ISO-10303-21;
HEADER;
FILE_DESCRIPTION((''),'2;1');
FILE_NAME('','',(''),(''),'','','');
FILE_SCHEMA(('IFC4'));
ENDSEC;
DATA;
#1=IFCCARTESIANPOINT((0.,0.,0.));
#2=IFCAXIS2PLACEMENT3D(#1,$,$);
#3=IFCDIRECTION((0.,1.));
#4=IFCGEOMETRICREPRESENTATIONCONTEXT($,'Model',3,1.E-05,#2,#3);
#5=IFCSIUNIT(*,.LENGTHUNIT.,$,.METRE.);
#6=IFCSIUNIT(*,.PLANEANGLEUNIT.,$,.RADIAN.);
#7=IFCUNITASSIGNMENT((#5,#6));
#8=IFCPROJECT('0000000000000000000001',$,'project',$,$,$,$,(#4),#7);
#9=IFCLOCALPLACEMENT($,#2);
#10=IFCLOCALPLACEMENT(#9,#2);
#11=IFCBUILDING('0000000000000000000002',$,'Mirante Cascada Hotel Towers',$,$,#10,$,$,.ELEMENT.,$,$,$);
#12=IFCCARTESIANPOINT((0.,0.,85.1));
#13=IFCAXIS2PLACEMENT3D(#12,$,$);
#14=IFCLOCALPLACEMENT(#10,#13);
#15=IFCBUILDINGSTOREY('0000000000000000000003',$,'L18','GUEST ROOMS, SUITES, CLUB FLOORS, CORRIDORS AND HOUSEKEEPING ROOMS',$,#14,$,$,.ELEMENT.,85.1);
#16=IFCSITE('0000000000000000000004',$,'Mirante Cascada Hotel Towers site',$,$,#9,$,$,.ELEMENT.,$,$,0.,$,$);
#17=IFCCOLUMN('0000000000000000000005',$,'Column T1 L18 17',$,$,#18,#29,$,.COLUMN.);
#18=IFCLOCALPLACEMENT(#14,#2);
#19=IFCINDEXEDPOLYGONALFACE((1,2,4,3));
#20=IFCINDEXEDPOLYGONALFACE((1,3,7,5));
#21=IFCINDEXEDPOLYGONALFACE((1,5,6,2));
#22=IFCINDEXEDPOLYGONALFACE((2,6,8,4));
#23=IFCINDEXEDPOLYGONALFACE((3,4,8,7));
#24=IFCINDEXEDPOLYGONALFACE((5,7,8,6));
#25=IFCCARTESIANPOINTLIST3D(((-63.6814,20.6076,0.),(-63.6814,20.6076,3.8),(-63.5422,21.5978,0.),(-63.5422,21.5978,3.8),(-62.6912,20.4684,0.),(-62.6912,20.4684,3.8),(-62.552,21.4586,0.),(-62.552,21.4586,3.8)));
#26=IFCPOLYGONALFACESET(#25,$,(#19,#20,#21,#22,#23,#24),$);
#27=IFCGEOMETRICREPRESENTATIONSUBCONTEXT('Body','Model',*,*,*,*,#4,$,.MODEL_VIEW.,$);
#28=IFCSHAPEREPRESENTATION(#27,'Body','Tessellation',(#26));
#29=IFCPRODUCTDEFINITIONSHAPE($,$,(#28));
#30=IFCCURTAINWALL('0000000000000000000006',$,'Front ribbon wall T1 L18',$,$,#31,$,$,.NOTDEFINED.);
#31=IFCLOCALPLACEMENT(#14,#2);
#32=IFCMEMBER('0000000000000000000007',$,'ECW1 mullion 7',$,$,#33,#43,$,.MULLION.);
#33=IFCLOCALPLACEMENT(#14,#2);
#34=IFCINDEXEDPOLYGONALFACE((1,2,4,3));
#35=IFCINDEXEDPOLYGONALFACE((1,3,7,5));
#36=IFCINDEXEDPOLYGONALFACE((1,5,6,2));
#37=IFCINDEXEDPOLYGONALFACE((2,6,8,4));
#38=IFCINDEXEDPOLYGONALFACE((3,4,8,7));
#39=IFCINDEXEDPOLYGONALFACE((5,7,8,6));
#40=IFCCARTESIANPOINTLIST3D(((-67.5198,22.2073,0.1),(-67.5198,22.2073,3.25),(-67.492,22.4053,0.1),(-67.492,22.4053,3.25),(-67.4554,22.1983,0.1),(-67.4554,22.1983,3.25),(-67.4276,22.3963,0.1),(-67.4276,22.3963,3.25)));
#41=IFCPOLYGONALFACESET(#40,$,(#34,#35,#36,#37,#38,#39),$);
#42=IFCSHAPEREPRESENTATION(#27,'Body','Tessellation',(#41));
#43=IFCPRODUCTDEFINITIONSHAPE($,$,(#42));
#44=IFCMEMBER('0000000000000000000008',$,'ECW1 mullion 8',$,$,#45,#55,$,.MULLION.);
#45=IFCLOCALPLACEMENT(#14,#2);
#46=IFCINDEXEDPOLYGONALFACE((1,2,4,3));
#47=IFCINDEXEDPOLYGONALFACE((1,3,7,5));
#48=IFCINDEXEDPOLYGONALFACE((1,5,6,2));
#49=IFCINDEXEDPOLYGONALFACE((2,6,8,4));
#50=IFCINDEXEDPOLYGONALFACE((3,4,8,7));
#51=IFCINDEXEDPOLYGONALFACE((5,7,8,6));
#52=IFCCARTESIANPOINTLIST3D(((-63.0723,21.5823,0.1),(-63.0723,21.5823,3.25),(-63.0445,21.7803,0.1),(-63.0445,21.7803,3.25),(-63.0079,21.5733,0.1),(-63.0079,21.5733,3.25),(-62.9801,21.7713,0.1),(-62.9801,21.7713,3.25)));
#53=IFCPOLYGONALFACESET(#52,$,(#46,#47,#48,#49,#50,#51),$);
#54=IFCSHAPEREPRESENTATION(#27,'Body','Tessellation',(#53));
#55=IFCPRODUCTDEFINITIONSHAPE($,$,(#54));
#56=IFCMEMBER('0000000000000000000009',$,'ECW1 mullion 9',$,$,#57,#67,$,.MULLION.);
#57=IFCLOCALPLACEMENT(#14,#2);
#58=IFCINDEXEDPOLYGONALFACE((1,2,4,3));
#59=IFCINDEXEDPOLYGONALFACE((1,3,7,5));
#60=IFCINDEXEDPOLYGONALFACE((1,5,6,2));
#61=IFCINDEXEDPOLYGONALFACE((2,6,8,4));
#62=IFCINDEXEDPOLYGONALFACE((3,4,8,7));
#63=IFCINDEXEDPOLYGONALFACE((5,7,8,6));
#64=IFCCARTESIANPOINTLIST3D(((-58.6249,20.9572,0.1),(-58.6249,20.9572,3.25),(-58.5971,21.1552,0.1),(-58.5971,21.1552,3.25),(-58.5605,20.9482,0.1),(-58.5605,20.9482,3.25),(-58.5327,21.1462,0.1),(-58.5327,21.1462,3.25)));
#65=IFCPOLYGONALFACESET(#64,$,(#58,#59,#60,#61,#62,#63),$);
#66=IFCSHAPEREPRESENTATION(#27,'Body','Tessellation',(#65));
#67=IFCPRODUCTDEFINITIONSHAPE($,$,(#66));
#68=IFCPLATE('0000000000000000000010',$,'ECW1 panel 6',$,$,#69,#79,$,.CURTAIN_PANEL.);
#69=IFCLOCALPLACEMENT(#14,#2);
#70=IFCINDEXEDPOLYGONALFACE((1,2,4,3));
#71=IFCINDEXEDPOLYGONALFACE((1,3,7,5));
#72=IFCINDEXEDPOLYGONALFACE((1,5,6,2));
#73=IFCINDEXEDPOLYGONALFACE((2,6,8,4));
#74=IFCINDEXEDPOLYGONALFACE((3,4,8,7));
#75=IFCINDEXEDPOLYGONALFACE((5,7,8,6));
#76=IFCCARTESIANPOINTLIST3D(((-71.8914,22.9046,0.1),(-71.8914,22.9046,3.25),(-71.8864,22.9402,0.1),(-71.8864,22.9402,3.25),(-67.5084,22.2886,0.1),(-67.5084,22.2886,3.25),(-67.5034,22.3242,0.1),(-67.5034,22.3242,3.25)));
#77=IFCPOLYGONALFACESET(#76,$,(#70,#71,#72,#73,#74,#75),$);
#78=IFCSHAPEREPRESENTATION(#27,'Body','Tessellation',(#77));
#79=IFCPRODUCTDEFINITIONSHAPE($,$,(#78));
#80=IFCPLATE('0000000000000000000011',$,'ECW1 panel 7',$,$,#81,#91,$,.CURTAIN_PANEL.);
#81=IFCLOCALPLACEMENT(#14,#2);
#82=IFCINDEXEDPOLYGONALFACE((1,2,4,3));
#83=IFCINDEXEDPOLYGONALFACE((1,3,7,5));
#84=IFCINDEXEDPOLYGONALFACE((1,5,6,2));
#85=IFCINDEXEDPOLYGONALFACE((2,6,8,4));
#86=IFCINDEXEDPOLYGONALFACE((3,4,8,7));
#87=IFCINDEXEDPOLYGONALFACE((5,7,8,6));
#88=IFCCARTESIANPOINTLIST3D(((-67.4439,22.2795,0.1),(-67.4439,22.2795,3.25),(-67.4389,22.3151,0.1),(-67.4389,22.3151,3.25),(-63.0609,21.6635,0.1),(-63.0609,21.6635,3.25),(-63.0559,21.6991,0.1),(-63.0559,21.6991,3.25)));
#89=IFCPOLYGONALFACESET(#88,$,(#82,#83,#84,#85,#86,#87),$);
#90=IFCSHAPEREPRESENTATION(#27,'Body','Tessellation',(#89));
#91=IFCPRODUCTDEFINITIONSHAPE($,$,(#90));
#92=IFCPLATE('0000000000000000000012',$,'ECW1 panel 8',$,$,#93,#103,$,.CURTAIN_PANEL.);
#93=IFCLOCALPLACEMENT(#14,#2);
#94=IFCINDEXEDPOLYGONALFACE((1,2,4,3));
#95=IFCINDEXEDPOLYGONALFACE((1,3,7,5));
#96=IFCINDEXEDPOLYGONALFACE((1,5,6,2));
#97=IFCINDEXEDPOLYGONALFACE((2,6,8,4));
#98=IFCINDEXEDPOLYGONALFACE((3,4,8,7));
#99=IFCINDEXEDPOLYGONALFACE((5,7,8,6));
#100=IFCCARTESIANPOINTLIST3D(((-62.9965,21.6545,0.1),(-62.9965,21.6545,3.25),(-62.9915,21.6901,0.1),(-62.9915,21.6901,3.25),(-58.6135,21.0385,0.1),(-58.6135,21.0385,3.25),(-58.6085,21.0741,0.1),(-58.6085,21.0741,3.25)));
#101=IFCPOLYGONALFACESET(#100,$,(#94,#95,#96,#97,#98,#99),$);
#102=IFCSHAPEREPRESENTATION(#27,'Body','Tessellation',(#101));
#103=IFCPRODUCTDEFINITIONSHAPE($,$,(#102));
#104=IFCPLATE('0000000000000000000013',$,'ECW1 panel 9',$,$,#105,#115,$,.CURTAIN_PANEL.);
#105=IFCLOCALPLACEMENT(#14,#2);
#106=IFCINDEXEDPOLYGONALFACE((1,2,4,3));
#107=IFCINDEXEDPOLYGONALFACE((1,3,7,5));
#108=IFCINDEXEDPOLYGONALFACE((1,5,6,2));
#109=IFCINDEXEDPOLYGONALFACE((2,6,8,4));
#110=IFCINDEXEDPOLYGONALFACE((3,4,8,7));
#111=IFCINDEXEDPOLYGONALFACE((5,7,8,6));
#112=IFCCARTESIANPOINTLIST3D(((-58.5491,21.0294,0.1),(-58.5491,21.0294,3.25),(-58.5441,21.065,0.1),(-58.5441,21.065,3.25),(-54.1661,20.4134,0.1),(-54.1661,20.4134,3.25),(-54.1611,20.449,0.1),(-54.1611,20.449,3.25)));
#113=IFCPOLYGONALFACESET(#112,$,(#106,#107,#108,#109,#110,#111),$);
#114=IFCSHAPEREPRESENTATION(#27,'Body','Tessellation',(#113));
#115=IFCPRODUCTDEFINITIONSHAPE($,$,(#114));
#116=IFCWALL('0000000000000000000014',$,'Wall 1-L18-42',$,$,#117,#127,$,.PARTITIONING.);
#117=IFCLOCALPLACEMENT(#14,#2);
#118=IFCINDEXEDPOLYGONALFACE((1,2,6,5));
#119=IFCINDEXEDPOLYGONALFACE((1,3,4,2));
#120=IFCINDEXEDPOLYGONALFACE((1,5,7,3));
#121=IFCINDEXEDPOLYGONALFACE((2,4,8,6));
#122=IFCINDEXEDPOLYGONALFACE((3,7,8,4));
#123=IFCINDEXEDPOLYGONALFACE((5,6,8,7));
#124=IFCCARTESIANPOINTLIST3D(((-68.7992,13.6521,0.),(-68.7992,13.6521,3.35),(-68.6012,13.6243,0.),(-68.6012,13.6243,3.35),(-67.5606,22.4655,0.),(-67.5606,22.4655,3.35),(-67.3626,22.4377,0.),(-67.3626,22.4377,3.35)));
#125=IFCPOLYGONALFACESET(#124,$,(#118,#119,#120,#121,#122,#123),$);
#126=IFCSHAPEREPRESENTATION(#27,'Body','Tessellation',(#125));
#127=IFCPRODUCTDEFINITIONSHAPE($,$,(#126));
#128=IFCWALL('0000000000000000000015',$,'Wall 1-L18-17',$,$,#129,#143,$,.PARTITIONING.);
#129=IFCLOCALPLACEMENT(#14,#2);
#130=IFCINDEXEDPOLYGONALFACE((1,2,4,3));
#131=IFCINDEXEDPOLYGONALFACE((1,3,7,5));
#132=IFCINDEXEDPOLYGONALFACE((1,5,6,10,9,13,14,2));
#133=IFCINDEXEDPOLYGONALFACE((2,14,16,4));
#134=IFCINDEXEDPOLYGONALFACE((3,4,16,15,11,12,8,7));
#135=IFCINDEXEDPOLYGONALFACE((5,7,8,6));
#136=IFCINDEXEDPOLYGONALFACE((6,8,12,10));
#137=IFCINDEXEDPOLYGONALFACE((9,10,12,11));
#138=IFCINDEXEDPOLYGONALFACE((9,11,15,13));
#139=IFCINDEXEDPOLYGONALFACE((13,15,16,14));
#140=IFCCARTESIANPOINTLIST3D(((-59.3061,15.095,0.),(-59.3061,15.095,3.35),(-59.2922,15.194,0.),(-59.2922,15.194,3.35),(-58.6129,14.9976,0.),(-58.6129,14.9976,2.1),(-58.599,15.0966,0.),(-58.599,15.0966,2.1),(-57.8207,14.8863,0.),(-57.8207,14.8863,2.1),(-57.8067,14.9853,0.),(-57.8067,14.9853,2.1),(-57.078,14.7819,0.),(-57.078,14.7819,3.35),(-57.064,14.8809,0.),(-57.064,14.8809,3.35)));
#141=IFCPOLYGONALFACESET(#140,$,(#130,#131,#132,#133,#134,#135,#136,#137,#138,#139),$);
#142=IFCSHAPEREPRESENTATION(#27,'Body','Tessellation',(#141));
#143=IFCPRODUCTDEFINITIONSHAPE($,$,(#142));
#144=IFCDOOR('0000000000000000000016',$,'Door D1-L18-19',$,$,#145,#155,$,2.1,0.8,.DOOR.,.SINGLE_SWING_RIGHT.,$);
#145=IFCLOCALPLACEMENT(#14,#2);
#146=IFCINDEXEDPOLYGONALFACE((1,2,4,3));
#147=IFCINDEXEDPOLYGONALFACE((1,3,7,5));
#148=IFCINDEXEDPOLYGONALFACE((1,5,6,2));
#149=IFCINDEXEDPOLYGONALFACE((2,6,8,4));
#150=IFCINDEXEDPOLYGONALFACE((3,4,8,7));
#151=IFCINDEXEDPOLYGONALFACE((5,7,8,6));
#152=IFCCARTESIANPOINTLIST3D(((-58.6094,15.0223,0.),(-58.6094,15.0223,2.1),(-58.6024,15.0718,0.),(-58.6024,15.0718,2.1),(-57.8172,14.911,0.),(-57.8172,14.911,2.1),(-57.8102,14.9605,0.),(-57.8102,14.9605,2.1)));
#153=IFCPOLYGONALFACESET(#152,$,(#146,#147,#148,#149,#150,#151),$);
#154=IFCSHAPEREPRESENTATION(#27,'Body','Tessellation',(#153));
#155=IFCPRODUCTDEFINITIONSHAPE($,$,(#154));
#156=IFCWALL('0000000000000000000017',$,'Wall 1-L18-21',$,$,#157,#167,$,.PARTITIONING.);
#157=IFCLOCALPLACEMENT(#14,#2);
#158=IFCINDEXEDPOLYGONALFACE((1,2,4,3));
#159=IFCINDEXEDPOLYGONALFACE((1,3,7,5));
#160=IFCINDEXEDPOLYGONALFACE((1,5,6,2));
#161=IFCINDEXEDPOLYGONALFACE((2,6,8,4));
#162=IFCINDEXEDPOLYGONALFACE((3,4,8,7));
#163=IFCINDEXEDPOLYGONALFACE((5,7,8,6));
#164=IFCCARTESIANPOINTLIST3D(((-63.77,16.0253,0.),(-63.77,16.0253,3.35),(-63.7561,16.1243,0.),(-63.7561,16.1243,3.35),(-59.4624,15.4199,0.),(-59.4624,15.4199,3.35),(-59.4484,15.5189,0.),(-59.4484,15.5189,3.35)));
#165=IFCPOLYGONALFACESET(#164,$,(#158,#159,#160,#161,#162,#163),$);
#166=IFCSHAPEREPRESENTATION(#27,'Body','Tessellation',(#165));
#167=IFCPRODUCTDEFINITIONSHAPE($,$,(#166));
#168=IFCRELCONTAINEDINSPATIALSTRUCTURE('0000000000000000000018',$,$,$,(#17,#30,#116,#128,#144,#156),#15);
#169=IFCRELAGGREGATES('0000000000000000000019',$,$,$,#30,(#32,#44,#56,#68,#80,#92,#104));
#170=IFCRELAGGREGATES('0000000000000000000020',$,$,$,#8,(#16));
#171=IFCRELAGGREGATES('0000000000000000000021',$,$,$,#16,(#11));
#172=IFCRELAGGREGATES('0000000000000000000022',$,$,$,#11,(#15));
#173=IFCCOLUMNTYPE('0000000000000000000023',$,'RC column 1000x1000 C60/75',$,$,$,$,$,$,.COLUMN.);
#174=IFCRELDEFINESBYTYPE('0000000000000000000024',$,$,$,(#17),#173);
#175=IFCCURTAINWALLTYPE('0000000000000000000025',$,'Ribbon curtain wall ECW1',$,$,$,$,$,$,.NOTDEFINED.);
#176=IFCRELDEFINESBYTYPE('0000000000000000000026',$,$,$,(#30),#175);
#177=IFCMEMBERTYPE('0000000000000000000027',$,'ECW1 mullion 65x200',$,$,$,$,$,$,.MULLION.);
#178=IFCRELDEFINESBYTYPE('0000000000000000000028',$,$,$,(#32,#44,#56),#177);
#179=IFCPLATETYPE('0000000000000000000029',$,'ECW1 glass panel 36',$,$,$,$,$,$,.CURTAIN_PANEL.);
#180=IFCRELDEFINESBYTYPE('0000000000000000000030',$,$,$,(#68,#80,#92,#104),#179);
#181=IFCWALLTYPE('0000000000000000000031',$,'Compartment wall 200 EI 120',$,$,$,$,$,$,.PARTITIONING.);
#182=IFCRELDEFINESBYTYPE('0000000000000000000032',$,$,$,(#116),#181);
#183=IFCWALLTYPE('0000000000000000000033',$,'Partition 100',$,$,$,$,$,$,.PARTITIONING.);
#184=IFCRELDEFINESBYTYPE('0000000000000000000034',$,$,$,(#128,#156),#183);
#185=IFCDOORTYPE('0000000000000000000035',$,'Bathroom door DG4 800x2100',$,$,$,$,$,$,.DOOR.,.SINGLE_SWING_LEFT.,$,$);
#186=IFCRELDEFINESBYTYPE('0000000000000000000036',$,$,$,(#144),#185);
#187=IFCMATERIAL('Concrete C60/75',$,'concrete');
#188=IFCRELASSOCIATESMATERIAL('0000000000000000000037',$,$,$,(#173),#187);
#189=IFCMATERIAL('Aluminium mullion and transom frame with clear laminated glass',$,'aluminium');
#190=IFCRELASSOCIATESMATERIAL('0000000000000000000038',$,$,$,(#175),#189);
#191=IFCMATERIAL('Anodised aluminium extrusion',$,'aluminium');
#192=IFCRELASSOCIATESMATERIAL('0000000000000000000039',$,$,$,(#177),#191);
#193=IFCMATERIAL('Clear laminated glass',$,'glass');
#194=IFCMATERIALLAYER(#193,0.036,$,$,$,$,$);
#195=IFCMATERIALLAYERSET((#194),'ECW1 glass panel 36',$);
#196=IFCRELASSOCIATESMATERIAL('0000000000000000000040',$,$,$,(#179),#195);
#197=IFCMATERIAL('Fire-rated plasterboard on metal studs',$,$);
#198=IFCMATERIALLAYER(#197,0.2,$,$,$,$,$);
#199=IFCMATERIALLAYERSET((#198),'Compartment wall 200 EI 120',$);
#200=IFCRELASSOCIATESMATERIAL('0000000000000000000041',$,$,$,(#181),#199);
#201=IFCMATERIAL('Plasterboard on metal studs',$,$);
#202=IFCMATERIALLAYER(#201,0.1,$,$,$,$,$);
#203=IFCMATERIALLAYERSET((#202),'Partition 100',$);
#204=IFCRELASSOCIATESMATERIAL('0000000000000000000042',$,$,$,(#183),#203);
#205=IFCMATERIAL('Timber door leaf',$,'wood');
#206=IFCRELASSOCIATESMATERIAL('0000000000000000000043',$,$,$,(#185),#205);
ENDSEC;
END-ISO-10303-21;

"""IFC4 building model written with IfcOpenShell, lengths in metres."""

from ifc_helpers import new_model, si_unit, direction, frame, frame_2d, origin, origin_2d, place, context, subcontext, project, spatial, rectangle, extrude, material, layer, layer_set, material_profile, profile_set, type_object, element, fill, aggregate, save


model = new_model("IFC4")

# Units and contexts
model_context = context("Model", 3, precision=1e-05, world=origin(), true_north=direction((0.0, 1.0)))
body_context = subcontext(model_context, "Body", "Model", "MODEL_VIEW")
ifc_project = project(units=[si_unit("LENGTHUNIT", "METRE"), si_unit("PLANEANGLEUNIT", "RADIAN")], contexts=[model_context])

# Site, building, storey
site_placement = place(None, origin())
site = spatial("IfcSite", under=ifc_project, at=site_placement, Name="Mirante Cascada Hotel Towers site", CompositionType="ELEMENT", RefElevation=0.0)
building_placement = place(site_placement, origin())
building = spatial("IfcBuilding", under=site, at=building_placement, Name="Mirante Cascada Hotel Towers", CompositionType="ELEMENT")
storey_placement = place(building_placement, frame((0.0, 0.0, 85.1)))
storey = spatial("IfcBuildingStorey", under=building, at=storey_placement, Name="L18", Description="GUEST ROOMS, SUITES, CLUB FLOORS, CORRIDORS AND HOUSEKEEPING ROOMS", CompositionType="ELEMENT", Elevation=85.1)

# Column
ifc_material_1 = material(Name="Concrete C60/75", Category="concrete")
ifc_material_profile_1 = material_profile(ifc_material_1, rectangle(XDim=1.0, YDim=1.0, at=origin_2d()), Name="RC column 1000x1000 C60/75")
ifc_profile_set_1 = profile_set([ifc_material_profile_1], Name="Concrete C60/75")
column_type = type_object("IfcColumnType", Name="RC column 1000x1000 C60/75", PredefinedType="COLUMN", material=ifc_profile_set_1)
column_placement = place(storey_placement, frame((-63.1167, 21.0331, 0.0), z_axis=(0.0, 0.0, 1.0), x_axis=(-0.990268, 0.139173, 0.0)))
element("IfcColumn", 1, at=column_placement, inside=storey, type_object=column_type, Name="Column T1 L18 17", PredefinedType="COLUMN", context=body_context, shape_type="SweptSolid", body=[
    extrude(rectangle(XDim=1.0, YDim=1.0, at=origin_2d()), origin(), (0.0, 0.0, 1.0), 3.8),
])

# Curtain wall, members, plates
ifc_material_2 = material(Name="Aluminium mullion and transom frame with clear laminated glass", Category="aluminium")
curtain_wall_type = type_object("IfcCurtainWallType", Name="Ribbon curtain wall ECW1", PredefinedType="NOTDEFINED", material=ifc_material_2)
curtain_wall_placement = place(storey_placement, origin())
curtain_wall = element("IfcCurtainWall", 2, at=curtain_wall_placement, inside=storey, type_object=curtain_wall_type, Name="Front ribbon wall T1 L18", PredefinedType="NOTDEFINED")
ifc_material_3 = material(Name="Anodised aluminium extrusion", Category="aluminium")
ifc_material_profile_2 = material_profile(ifc_material_3, rectangle(XDim=0.2, YDim=0.065, at=origin_2d()), Name="ECW1 MULLION 65x200")
ifc_profile_set_2 = profile_set([ifc_material_profile_2], Name="Anodised aluminium extrusion")
member_type = type_object("IfcMemberType", Name="ECW1 mullion 65x200", PredefinedType="MULLION", material=ifc_profile_set_2)
member_1_placement = place(storey_placement, frame((-67.4737, 22.3018, 0.1), z_axis=(0.0, 0.0, 1.0), x_axis=(0.139173, 0.990268, 0.0)))
member_1 = element("IfcMember", 3, at=member_1_placement, type_object=member_type, Name="ECW1 mullion 7", PredefinedType="MULLION", context=body_context, shape_type="SweptSolid", body=[
    extrude(rectangle(XDim=0.2, YDim=0.065, at=origin_2d()), origin(), (0.0, 0.0, 1.0), 3.15),
])
member_2_placement = place(storey_placement, frame((-63.0262, 21.6768, 0.1), z_axis=(0.0, 0.0, 1.0), x_axis=(0.139173, 0.990268, 0.0)))
member_2 = element("IfcMember", 4, at=member_2_placement, type_object=member_type, Name="ECW1 mullion 8", PredefinedType="MULLION", context=body_context, shape_type="SweptSolid", body=[
    extrude(rectangle(XDim=0.2, YDim=0.065, at=origin_2d()), origin(), (0.0, 0.0, 1.0), 3.15),
])
member_3_placement = place(storey_placement, frame((-58.5788, 21.0517, 0.1), z_axis=(0.0, 0.0, 1.0), x_axis=(0.139173, 0.990268, 0.0)))
member_3 = element("IfcMember", 5, at=member_3_placement, type_object=member_type, Name="ECW1 mullion 9", PredefinedType="MULLION", context=body_context, shape_type="SweptSolid", body=[
    extrude(rectangle(XDim=0.2, YDim=0.065, at=origin_2d()), origin(), (0.0, 0.0, 1.0), 3.15),
])
ifc_material_4 = material(Name="Clear laminated glass", Category="glass")
ifc_layer_1 = layer(ifc_material_4, 0.036)
ifc_layer_set_1 = layer_set([ifc_layer_1], Name="ECW1 glass panel 36")
plate_type = type_object("IfcPlateType", Name="ECW1 glass panel 36", PredefinedType="CURTAIN_PANEL", material=ifc_layer_set_1)
plate_1_placement = place(storey_placement, frame((-69.6974, 22.6144, 0.1), z_axis=(0.0, 0.0, 1.0), x_axis=(0.990268, -0.139173, 0.0)))
plate_1 = element("IfcPlate", 6, at=plate_1_placement, type_object=plate_type, Name="ECW1 panel 6", PredefinedType="CURTAIN_PANEL", context=body_context, shape_type="SweptSolid", body=[
    extrude(rectangle(XDim=4.4261, YDim=0.036, at=origin_2d()), origin(), (0.0, 0.0, 1.0), 3.15),
])
plate_2_placement = place(storey_placement, frame((-65.2499, 21.9893, 0.1), z_axis=(0.0, 0.0, 1.0), x_axis=(0.990268, -0.139173, 0.0)))
plate_2 = element("IfcPlate", 7, at=plate_2_placement, type_object=plate_type, Name="ECW1 panel 7", PredefinedType="CURTAIN_PANEL", context=body_context, shape_type="SweptSolid", body=[
    extrude(rectangle(XDim=4.4261, YDim=0.036, at=origin_2d()), origin(), (0.0, 0.0, 1.0), 3.15),
])
plate_3_placement = place(storey_placement, frame((-60.8025, 21.3643, 0.1), z_axis=(0.0, 0.0, 1.0), x_axis=(0.990268, -0.139173, 0.0)))
plate_3 = element("IfcPlate", 8, at=plate_3_placement, type_object=plate_type, Name="ECW1 panel 8", PredefinedType="CURTAIN_PANEL", context=body_context, shape_type="SweptSolid", body=[
    extrude(rectangle(XDim=4.4261, YDim=0.036, at=origin_2d()), origin(), (0.0, 0.0, 1.0), 3.15),
])
plate_4_placement = place(storey_placement, frame((-56.3551, 20.7392, 0.1), z_axis=(0.0, 0.0, 1.0), x_axis=(0.990268, -0.139173, 0.0)))
plate_4 = element("IfcPlate", 9, at=plate_4_placement, type_object=plate_type, Name="ECW1 panel 9", PredefinedType="CURTAIN_PANEL", context=body_context, shape_type="SweptSolid", body=[
    extrude(rectangle(XDim=4.4261, YDim=0.036, at=origin_2d()), origin(), (0.0, 0.0, 1.0), 3.15),
])
aggregate(curtain_wall, [member_1, member_2, member_3, plate_1, plate_2, plate_3, plate_4])

# Wall
ifc_material_5 = material(Name="Fire-rated plasterboard on metal studs")
ifc_layer_2 = layer(ifc_material_5, 0.2)
ifc_layer_set_2 = layer_set([ifc_layer_2], Name="Compartment wall 200 EI 120")
wall_type_1 = type_object("IfcWallType", Name="Compartment wall 200 EI 120", PredefinedType="PARTITIONING", material=ifc_layer_set_2)
wall_1_placement = place(storey_placement, frame((-67.4616, 22.4516, 0.0), z_axis=(0.0, 0.0, 1.0), x_axis=(-0.139168, -0.990269, 0.0)))
element("IfcWall", 10, at=wall_1_placement, inside=storey, type_object=wall_type_1, Name="Wall 1-L18-42", PredefinedType="PARTITIONING", context=body_context, shape_type="SweptSolid", body=[
    extrude(rectangle(XDim=8.9, YDim=0.2, at=frame_2d((4.45, 0.0))), origin(), (0.0, 0.0, 1.0), 3.35),
])

# Wall, opening, door
ifc_material_6 = material(Name="Plasterboard on metal studs")
ifc_layer_3 = layer(ifc_material_6, 0.1)
ifc_layer_set_3 = layer_set([ifc_layer_3], Name="Partition 100")
wall_type_2 = type_object("IfcWallType", Name="Partition 100", PredefinedType="PARTITIONING", material=ifc_layer_set_3)
wall_2_placement = place(storey_placement, frame((-57.071, 14.8314, 0.0), z_axis=(0.0, 0.0, 1.0), x_axis=(-0.990271, 0.139156, 0.0)))
wall_2 = element("IfcWall", 11, at=wall_2_placement, inside=storey, type_object=wall_type_2, Name="Wall 1-L18-17", PredefinedType="PARTITIONING", context=body_context, shape_type="SweptSolid", body=[
    extrude(rectangle(XDim=2.25, YDim=0.1, at=frame_2d((1.125, 0.0))), origin(), (0.0, 0.0, 1.0), 3.35),
])
opening_1_placement = place(wall_2_placement, frame((0.75, 0.0, 0.0)))
opening_1 = element("IfcOpeningElement", 12, at=opening_1_placement, cuts=wall_2, PredefinedType="OPENING", context=body_context, shape_type="SweptSolid", body=[
    extrude(rectangle(XDim=0.8, YDim=2.1, at=frame_2d((0.4, 1.05))), frame((0.0, 0.05, 0.0), z_axis=(0.0, -1.0, 0.0), x_axis=(1.0, 0.0, 0.0)), (0.0, 0.0, 1.0), 0.1),
])
ifc_material_7 = material(Name="Timber door leaf", Category="wood")
door_type_1 = type_object("IfcDoorType", Name="Bathroom door DG4 800x2100", OperationType="SINGLE_SWING_LEFT", PredefinedType="DOOR", material=ifc_material_7)
door_1_placement = place(opening_1_placement, frame((0.8, 0.0, 0.0), z_axis=(0.0, 0.0, 1.0), x_axis=(-1.0, 0.0, 0.0)))
door_1 = element("IfcDoor", 13, at=door_1_placement, inside=storey, type_object=door_type_1, Name="Door D1-L18-19", OperationType="SINGLE_SWING_RIGHT", OverallHeight=2.1, OverallWidth=0.8, PredefinedType="DOOR", context=body_context, shape_type="SweptSolid", body=[
    extrude(rectangle(XDim=0.8, YDim=2.1, at=frame_2d((0.4, 1.05))), frame((0.0, 0.025, 0.0), z_axis=(0.0, -1.0, 0.0), x_axis=(1.0, 0.0, 0.0)), (0.0, 0.0, 1.0), 0.05),
])
fill(opening_1, door_1)

# Wall
wall_3_placement = place(storey_placement, frame((-59.4554, 15.4694, 0.0), z_axis=(0.0, 0.0, 1.0), x_axis=(-0.990268, 0.139171, 0.0)))
element("IfcWall", 14, at=wall_3_placement, inside=storey, type_object=wall_type_2, Name="Wall 1-L18-21", PredefinedType="PARTITIONING", context=body_context, shape_type="SweptSolid", body=[
    extrude(rectangle(XDim=4.35, YDim=0.1, at=frame_2d((2.175, 0.0))), origin(), (0.0, 0.0, 1.0), 3.35),
])

save(model, "model.ifc")
